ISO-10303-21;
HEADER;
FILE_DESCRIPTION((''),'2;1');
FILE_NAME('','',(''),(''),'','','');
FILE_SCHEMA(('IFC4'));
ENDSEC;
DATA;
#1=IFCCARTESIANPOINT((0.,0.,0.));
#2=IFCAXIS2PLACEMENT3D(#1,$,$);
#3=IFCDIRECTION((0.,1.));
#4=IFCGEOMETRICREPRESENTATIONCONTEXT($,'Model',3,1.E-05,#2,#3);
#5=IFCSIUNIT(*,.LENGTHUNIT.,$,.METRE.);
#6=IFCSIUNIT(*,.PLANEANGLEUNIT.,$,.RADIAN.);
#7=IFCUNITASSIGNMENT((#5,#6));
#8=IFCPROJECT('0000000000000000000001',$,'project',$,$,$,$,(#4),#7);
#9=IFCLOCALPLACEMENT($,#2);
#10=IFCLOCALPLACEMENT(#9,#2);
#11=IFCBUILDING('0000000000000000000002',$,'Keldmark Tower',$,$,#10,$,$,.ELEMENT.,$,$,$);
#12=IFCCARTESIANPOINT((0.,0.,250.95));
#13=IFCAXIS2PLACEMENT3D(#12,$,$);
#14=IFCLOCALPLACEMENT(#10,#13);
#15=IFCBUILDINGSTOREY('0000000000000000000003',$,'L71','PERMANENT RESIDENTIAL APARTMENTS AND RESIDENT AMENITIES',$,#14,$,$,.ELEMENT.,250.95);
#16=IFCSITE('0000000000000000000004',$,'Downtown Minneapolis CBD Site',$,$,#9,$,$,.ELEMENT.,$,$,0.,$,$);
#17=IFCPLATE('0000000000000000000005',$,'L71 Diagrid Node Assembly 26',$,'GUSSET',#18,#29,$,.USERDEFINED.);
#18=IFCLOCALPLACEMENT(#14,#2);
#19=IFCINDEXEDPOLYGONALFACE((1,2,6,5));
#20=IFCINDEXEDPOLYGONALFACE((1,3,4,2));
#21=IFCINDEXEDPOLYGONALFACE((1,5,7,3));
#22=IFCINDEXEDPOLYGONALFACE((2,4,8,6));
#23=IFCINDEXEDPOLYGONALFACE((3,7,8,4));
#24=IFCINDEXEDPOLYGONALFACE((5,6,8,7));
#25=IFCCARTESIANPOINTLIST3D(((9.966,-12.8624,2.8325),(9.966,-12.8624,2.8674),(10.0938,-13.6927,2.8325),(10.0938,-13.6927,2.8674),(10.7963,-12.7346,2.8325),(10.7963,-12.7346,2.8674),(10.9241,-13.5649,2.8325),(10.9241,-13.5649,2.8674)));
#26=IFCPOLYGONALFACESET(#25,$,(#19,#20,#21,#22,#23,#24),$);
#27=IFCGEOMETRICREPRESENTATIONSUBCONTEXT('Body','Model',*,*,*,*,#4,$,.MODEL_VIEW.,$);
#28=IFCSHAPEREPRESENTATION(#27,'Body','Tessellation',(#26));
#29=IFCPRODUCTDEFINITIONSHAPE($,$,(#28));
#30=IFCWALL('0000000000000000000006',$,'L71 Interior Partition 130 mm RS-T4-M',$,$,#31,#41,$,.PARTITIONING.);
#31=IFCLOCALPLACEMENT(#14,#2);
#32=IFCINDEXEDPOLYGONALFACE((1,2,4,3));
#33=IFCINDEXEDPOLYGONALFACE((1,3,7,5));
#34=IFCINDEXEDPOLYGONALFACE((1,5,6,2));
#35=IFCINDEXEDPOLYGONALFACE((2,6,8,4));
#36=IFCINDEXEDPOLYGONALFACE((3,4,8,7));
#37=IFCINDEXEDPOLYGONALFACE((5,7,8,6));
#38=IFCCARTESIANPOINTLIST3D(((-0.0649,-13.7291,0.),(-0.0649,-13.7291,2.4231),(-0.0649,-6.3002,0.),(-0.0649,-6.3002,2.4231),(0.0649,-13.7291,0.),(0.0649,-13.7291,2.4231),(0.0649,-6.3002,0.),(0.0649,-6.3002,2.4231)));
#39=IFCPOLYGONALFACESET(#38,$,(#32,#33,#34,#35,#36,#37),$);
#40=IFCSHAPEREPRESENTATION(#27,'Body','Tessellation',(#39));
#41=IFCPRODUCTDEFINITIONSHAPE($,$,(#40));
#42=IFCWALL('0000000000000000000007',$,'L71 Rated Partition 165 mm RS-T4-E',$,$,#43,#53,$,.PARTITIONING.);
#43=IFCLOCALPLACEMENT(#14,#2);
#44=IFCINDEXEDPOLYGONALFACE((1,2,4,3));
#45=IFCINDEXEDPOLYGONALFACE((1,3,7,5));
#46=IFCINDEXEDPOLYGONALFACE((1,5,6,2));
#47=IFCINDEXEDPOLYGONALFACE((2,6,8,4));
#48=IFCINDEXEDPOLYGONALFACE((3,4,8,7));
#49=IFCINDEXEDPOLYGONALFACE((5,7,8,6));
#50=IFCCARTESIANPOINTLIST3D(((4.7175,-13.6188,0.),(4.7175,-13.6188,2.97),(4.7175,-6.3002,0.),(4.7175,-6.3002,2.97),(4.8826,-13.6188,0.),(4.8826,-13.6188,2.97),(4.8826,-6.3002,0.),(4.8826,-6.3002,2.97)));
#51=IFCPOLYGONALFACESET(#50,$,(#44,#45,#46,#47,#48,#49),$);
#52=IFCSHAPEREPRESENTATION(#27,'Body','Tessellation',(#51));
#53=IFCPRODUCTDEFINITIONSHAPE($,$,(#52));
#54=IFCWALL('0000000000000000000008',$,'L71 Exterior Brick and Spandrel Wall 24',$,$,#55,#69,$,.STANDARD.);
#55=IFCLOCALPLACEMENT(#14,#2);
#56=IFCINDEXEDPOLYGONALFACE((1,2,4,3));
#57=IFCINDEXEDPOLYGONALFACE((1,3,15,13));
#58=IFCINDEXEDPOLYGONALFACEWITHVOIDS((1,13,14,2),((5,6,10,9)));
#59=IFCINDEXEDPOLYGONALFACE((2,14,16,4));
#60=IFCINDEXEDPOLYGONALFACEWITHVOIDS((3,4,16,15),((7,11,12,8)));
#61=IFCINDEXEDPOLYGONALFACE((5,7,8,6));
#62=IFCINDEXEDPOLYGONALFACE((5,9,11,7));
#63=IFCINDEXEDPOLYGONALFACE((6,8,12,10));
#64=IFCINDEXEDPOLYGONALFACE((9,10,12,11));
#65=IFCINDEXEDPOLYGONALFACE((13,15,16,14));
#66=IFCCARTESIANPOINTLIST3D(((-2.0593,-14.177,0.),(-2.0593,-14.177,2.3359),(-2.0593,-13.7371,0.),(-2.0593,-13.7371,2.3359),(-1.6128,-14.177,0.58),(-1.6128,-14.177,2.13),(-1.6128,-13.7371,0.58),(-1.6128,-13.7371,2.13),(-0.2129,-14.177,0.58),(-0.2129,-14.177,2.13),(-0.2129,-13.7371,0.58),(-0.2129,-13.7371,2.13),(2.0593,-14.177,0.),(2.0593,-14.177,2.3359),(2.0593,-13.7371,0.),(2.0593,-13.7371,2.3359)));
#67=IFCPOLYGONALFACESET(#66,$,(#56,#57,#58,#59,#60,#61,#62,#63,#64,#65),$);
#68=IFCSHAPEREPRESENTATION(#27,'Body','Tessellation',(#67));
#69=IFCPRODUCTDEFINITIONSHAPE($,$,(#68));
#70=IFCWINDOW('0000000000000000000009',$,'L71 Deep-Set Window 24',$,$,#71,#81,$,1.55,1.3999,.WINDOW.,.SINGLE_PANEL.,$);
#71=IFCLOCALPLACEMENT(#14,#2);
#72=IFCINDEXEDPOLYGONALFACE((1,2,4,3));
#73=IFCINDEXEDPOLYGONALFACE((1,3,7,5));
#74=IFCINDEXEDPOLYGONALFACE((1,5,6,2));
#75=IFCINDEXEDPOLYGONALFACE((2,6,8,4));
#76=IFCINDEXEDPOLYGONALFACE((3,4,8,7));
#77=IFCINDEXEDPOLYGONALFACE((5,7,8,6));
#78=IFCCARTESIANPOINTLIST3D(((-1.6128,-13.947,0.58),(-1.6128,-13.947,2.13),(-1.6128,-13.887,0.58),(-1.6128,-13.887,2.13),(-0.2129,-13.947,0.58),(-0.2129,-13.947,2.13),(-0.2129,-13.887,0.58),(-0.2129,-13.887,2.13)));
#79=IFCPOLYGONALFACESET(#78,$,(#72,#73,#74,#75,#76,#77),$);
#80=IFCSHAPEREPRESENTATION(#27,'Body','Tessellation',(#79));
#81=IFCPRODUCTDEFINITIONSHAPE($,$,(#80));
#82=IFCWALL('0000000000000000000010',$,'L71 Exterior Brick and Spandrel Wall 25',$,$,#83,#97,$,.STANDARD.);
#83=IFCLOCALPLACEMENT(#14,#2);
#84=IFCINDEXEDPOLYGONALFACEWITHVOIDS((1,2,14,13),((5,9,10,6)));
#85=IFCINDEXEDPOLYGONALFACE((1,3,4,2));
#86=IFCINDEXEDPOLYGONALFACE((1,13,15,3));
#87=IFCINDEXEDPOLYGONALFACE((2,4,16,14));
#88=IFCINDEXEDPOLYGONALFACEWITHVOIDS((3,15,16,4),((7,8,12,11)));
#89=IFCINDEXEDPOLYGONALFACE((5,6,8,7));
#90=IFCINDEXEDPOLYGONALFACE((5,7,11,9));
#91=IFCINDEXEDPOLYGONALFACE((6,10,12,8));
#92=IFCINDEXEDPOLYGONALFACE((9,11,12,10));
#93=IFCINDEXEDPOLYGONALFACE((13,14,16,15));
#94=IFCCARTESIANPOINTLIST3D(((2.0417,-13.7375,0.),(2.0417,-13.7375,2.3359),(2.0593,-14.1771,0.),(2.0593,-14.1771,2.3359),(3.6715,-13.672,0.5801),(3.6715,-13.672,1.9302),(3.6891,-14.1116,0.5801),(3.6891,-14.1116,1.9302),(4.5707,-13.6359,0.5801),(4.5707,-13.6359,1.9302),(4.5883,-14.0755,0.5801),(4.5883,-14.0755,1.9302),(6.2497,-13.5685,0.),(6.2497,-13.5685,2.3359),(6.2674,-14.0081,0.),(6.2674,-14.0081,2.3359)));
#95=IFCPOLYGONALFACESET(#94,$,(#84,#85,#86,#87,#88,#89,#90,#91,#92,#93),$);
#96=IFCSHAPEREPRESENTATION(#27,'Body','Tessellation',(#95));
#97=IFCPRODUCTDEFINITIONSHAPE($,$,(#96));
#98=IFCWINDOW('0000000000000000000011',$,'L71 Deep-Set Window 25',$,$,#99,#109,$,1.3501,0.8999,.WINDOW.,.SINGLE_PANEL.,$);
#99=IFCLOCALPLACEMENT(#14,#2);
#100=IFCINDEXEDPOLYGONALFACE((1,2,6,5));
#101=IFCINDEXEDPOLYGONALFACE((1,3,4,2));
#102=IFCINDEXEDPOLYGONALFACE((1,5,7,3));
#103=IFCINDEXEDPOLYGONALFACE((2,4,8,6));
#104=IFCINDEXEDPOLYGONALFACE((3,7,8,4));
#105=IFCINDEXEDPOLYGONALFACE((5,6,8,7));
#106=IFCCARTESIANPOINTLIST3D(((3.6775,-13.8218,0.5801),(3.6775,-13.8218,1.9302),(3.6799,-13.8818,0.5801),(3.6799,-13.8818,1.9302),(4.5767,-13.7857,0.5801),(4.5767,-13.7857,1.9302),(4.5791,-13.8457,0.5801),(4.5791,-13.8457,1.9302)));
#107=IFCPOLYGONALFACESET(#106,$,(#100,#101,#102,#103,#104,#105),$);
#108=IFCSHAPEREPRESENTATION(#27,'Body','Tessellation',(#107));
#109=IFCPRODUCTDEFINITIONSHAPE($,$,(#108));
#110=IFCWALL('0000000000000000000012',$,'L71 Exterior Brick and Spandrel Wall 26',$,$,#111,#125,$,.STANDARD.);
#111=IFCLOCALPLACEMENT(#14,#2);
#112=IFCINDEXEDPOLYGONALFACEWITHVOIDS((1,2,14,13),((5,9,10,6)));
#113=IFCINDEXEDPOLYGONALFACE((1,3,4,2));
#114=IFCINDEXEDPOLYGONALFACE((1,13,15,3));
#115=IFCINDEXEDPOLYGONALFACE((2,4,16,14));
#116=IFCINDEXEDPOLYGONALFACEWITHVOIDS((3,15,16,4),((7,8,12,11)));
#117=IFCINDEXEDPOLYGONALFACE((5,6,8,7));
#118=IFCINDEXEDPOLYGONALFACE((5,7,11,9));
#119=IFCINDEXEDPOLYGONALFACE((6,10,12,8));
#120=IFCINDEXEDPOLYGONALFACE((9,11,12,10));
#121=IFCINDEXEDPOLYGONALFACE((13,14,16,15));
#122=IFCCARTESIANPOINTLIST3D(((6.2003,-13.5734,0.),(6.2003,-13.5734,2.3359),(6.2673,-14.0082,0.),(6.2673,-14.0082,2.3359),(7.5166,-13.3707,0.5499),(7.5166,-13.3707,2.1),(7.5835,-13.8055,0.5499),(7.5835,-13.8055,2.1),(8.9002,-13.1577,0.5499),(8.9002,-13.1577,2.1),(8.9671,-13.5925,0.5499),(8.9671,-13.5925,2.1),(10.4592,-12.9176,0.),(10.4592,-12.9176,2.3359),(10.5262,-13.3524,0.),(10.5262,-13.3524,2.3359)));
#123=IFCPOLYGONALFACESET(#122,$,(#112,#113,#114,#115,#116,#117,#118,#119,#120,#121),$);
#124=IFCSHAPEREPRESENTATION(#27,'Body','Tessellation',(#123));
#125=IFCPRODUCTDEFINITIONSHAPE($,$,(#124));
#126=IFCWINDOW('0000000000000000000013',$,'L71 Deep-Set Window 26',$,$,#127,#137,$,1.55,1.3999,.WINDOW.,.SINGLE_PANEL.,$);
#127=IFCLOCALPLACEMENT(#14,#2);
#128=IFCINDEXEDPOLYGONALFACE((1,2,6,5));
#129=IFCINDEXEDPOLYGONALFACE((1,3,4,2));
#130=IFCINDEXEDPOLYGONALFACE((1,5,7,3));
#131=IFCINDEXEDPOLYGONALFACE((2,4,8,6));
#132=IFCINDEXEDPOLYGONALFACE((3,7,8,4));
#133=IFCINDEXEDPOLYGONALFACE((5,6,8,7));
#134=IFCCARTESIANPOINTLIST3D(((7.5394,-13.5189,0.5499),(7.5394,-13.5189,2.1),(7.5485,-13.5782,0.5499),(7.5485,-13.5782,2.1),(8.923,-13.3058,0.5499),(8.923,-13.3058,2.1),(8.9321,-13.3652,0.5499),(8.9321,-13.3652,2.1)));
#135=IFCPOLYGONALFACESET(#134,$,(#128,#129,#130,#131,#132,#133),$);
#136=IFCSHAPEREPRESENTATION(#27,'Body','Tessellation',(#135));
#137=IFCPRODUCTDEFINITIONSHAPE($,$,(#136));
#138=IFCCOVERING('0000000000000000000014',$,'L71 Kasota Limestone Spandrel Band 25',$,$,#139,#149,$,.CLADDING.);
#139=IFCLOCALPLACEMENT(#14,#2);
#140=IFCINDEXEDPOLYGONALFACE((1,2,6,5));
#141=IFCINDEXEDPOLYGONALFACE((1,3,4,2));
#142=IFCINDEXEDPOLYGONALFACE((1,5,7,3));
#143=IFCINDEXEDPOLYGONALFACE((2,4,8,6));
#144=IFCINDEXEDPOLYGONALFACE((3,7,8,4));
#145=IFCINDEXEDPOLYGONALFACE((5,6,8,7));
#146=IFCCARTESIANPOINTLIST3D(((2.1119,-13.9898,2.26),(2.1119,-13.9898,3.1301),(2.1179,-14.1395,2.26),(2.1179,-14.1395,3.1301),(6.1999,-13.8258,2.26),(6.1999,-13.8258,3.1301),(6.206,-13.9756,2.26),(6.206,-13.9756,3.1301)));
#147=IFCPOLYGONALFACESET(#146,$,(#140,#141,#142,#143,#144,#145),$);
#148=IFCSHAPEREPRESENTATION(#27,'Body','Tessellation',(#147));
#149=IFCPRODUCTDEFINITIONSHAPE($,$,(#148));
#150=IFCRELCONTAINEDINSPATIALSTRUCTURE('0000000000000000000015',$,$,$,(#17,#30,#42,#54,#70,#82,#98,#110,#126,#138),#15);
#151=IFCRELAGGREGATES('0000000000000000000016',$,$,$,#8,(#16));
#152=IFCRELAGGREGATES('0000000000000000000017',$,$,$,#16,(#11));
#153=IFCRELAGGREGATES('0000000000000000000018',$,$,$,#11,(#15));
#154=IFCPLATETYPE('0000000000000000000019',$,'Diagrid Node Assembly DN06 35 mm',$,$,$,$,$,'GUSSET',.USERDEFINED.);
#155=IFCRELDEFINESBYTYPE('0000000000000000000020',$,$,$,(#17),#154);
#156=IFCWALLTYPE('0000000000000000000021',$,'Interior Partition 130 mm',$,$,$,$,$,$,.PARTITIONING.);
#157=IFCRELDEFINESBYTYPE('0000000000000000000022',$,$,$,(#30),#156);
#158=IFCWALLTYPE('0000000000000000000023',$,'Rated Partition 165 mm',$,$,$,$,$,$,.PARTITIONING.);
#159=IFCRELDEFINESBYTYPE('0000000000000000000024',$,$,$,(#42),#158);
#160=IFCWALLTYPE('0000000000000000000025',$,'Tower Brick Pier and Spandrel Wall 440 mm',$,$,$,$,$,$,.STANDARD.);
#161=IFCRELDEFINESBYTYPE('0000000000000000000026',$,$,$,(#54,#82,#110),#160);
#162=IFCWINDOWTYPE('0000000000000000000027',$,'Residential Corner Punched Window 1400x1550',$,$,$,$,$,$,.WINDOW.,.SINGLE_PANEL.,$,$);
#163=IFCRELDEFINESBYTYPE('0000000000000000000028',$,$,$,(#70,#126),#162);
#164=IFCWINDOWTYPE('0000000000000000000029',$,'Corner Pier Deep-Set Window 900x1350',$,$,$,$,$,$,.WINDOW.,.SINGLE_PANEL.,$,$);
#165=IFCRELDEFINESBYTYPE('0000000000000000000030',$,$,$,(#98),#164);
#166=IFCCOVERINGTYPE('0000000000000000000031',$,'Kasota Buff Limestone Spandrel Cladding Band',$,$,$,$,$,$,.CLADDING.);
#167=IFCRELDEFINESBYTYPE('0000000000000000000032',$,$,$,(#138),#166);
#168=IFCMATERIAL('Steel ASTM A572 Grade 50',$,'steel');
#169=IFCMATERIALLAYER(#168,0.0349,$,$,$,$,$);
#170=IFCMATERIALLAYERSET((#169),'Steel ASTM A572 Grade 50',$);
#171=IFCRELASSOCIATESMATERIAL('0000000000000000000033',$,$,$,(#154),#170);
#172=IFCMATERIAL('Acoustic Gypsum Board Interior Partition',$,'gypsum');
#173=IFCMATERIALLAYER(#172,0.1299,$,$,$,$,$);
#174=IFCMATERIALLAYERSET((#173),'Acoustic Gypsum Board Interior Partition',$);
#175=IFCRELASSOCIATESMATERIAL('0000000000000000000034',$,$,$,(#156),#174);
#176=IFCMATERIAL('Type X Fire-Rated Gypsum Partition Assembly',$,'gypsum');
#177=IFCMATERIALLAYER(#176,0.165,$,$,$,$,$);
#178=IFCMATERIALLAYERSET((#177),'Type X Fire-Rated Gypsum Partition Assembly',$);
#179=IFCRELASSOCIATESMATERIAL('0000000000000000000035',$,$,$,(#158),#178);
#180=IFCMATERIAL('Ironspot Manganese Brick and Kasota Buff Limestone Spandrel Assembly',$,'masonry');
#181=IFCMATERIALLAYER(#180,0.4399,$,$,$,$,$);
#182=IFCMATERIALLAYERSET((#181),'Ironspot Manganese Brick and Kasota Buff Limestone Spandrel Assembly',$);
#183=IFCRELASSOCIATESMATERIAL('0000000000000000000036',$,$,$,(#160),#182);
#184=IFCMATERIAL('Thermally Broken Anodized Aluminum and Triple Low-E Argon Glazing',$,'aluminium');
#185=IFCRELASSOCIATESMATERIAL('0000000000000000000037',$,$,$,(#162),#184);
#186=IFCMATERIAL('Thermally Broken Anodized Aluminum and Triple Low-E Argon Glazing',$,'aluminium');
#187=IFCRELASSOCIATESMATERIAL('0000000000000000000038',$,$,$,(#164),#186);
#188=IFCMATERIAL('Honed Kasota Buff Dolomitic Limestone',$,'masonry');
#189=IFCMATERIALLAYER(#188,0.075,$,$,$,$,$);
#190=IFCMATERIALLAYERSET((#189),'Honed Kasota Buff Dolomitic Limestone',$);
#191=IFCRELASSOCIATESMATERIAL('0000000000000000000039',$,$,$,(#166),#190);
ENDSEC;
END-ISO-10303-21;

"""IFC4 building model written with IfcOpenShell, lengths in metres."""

from ifc_helpers import new_model, si_unit, direction, frame, frame_2d, origin, origin_2d, place, context, subcontext, project, spatial, rectangle, extrude, material, layer, layer_set, type_object, element, fill, save


model = new_model("IFC4")

# Units and contexts
model_context = context("Model", 3, precision=1e-05, world=origin(), true_north=direction((0.0, 1.0)))
body_context = subcontext(model_context, "Body", "Model", "MODEL_VIEW")
ifc_project = project(units=[si_unit("LENGTHUNIT", "METRE"), si_unit("PLANEANGLEUNIT", "RADIAN")], contexts=[model_context])

# Site, building, storey
site_placement = place(None, origin())
site = spatial("IfcSite", under=ifc_project, at=site_placement, Name="Downtown Minneapolis CBD Site", CompositionType="ELEMENT", RefElevation=0.0)
building_placement = place(site_placement, origin())
building = spatial("IfcBuilding", under=site, at=building_placement, Name="Keldmark Tower", CompositionType="ELEMENT")
storey_placement = place(building_placement, frame((0.0, 0.0, 250.95)))
storey = spatial("IfcBuildingStorey", under=building, at=storey_placement, Name="L71", Description="PERMANENT RESIDENTIAL APARTMENTS AND RESIDENT AMENITIES", CompositionType="ELEMENT", Elevation=250.95)

# Plate
ifc_material_1 = material(Name="Steel ASTM A572 Grade 50", Category="steel")
ifc_layer_1 = layer(ifc_material_1, 0.0349)
ifc_layer_set_1 = layer_set([ifc_layer_1], Name="Steel ASTM A572 Grade 50")
plate_type = type_object("IfcPlateType", Name="Diagrid Node Assembly DN06 35 mm", ElementType="GUSSET", PredefinedType="USERDEFINED", material=ifc_layer_set_1)
for number, where, z_axis, x_axis, name in (
    (1, (10.4451, -13.2136, 2.8325), (0.0, 0.0, 1.0), (0.988362, 0.152123, 0.0), "L71 Diagrid Node Assembly 26"),
):
    element("IfcPlate", number, at=place(storey_placement, frame(where, z_axis=z_axis, x_axis=x_axis)), inside=storey, type_object=plate_type, Name=name, ObjectType="GUSSET", PredefinedType="USERDEFINED", context=body_context, shape_type="SweptSolid", body=[
        extrude(rectangle(XDim=0.8401, YDim=0.8401, at=origin_2d()), origin(), (0.0, 0.0, 1.0), 0.0349),
    ])

# Walls
ifc_material_2 = material(Name="Acoustic Gypsum Board Interior Partition", Category="gypsum")
ifc_layer_2 = layer(ifc_material_2, 0.1299)
ifc_layer_set_2 = layer_set([ifc_layer_2], Name="Acoustic Gypsum Board Interior Partition")
wall_type_1 = type_object("IfcWallType", Name="Interior Partition 130 mm", PredefinedType="PARTITIONING", material=ifc_layer_set_2)
wall_1_placement = place(storey_placement, frame((0.0, -13.729, 0.0), z_axis=(0.0, 0.0, 1.0), x_axis=(0.0, 1.0, 0.0)))
element("IfcWall", 2, at=wall_1_placement, inside=storey, type_object=wall_type_1, Name="L71 Interior Partition 130 mm RS-T4-M", PredefinedType="PARTITIONING", context=body_context, shape_type="SweptSolid", body=[
    extrude(rectangle(XDim=7.429, YDim=0.1299, at=frame_2d((3.7144, 0.0))), origin(), (0.0, 0.0, 1.0), 2.4231),
])
ifc_material_3 = material(Name="Type X Fire-Rated Gypsum Partition Assembly", Category="gypsum")
ifc_layer_3 = layer(ifc_material_3, 0.165)
ifc_layer_set_3 = layer_set([ifc_layer_3], Name="Type X Fire-Rated Gypsum Partition Assembly")
wall_type_2 = type_object("IfcWallType", Name="Rated Partition 165 mm", PredefinedType="PARTITIONING", material=ifc_layer_set_3)
wall_2_placement = place(storey_placement, frame((4.8, -13.6187, 0.0), z_axis=(0.0, 0.0, 1.0), x_axis=(0.0, 1.0, 0.0)))
element("IfcWall", 3, at=wall_2_placement, inside=storey, type_object=wall_type_2, Name="L71 Rated Partition 165 mm RS-T4-E", PredefinedType="PARTITIONING", context=body_context, shape_type="SweptSolid", body=[
    extrude(rectangle(XDim=7.3186, YDim=0.165, at=frame_2d((3.6592, 0.0))), origin(), (0.0, 0.0, 1.0), 2.97),
])

# Walls, openings, windows
ifc_material_4 = material(Name="Ironspot Manganese Brick and Kasota Buff Limestone Spandrel Assembly", Category="masonry")
ifc_layer_4 = layer(ifc_material_4, 0.4399)
ifc_layer_set_4 = layer_set([ifc_layer_4], Name="Ironspot Manganese Brick and Kasota Buff Limestone Spandrel Assembly")
wall_type_3 = type_object("IfcWallType", Name="Tower Brick Pier and Spandrel Wall 440 mm", PredefinedType="STANDARD", material=ifc_layer_set_4)
wall_3_placement = place(storey_placement, frame((2.0593, -13.957, 0.0), z_axis=(0.0, 0.0, 1.0), x_axis=(-1.0, 0.0, 0.0)))
wall_3 = element("IfcWall", 4, at=wall_3_placement, inside=storey, type_object=wall_type_3, Name="L71 Exterior Brick and Spandrel Wall 24", PredefinedType="STANDARD", context=body_context, shape_type="SweptSolid", body=[
    extrude(rectangle(XDim=4.1187, YDim=0.4399, at=frame_2d((2.0593, 0.0))), origin(), (0.0, 0.0, 1.0), 2.3359),
])
opening_1_placement = place(wall_3_placement, frame((2.2722, 0.0, 0.5801)))
opening_1 = element("IfcOpeningElement", 5, at=opening_1_placement, cuts=wall_3, PredefinedType="OPENING", context=body_context, shape_type="SweptSolid", body=[
    extrude(rectangle(XDim=1.3999, YDim=1.55, at=frame_2d((0.7, 0.7749))), frame((0.0, 0.23, 0.0), z_axis=(0.0, -1.0, 0.0), x_axis=(1.0, 0.0, 0.0)), (0.0, 0.0, 1.0), 0.46),
])
ifc_material_5 = material(Name="Thermally Broken Anodized Aluminum and Triple Low-E Argon Glazing", Category="aluminium")
window_type_1 = type_object("IfcWindowType", Name="Residential Corner Punched Window 1400x1550", PartitioningType="SINGLE_PANEL", PredefinedType="WINDOW", material=ifc_material_5)
window_1_placement = place(opening_1_placement, origin())
window_1 = element("IfcWindow", 6, at=window_1_placement, inside=storey, type_object=window_type_1, Name="L71 Deep-Set Window 24", OverallHeight=1.55, OverallWidth=1.3999, PartitioningType="SINGLE_PANEL", PredefinedType="WINDOW", context=body_context, shape_type="SweptSolid", body=[
    extrude(rectangle(XDim=1.3999, YDim=1.55, at=frame_2d((0.7, 0.7749))), frame((0.0, -0.01, 0.0), z_axis=(0.0, -1.0, 0.0), x_axis=(1.0, 0.0, 0.0)), (0.0, 0.0, 1.0), 0.0601),
])
fill(opening_1, window_1)
wall_4_placement = place(storey_placement, frame((6.2585, -13.7883, 0.0), z_axis=(0.0, 0.0, 1.0), x_axis=(-0.999195, -0.040116, 0.0)))
wall_4 = element("IfcWall", 7, at=wall_4_placement, inside=storey, type_object=wall_type_3, Name="L71 Exterior Brick and Spandrel Wall 25", PredefinedType="STANDARD", context=body_context, shape_type="SweptSolid", body=[
    extrude(rectangle(XDim=4.2114, YDim=0.4399, at=frame_2d((2.1057, 0.0))), origin(), (0.0, 0.0, 1.0), 2.3359),
])
opening_2_placement = place(wall_4_placement, frame((1.6804, 0.0, 0.5801)))
opening_2 = element("IfcOpeningElement", 8, at=opening_2_placement, cuts=wall_4, PredefinedType="OPENING", context=body_context, shape_type="SweptSolid", body=[
    extrude(rectangle(XDim=0.8999, YDim=1.3501, at=frame_2d((0.45, 0.675))), frame((0.0, 0.23, 0.0), z_axis=(0.0, -1.0, 0.0), x_axis=(1.0, 0.0, 0.0)), (0.0, 0.0, 1.0), 0.46),
])
ifc_material_6 = material(Name="Thermally Broken Anodized Aluminum and Triple Low-E Argon Glazing", Category="aluminium")
window_type_2 = type_object("IfcWindowType", Name="Corner Pier Deep-Set Window 900x1350", PartitioningType="SINGLE_PANEL", PredefinedType="WINDOW", material=ifc_material_6)
window_2_placement = place(opening_2_placement, origin())
window_2 = element("IfcWindow", 9, at=window_2_placement, inside=storey, type_object=window_type_2, Name="L71 Deep-Set Window 25", OverallHeight=1.3501, OverallWidth=0.8999, PartitioningType="SINGLE_PANEL", PredefinedType="WINDOW", context=body_context, shape_type="SweptSolid", body=[
    extrude(rectangle(XDim=0.8999, YDim=1.3501, at=frame_2d((0.45, 0.675))), frame((0.0, -0.01, 0.0), z_axis=(0.0, -1.0, 0.0), x_axis=(1.0, 0.0, 0.0)), (0.0, 0.0, 1.0), 0.0601),
])
fill(opening_2, window_2)
wall_5_placement = place(storey_placement, frame((10.4927, -13.135, 0.0), z_axis=(0.0, 0.0, 1.0), x_axis=(-0.988352, -0.152185, 0.0)))
wall_5 = element("IfcWall", 10, at=wall_5_placement, inside=storey, type_object=wall_type_3, Name="L71 Exterior Brick and Spandrel Wall 26", PredefinedType="STANDARD", context=body_context, shape_type="SweptSolid", body=[
    extrude(rectangle(XDim=4.3091, YDim=0.4399, at=frame_2d((2.1545, 0.0))), origin(), (0.0, 0.0, 1.0), 2.3359),
])
opening_3_placement = place(wall_5_placement, frame((1.5774, 0.0, 0.55)))
opening_3 = element("IfcOpeningElement", 11, at=opening_3_placement, cuts=wall_5, PredefinedType="OPENING", context=body_context, shape_type="SweptSolid", body=[
    extrude(rectangle(XDim=1.3999, YDim=1.55, at=frame_2d((0.7, 0.7749))), frame((0.0, 0.23, 0.0), z_axis=(0.0, -1.0, 0.0), x_axis=(1.0, 0.0, 0.0)), (0.0, 0.0, 1.0), 0.46),
])
window_3_placement = place(opening_3_placement, origin())
window_3 = element("IfcWindow", 12, at=window_3_placement, inside=storey, type_object=window_type_1, Name="L71 Deep-Set Window 26", OverallHeight=1.55, OverallWidth=1.3999, PartitioningType="SINGLE_PANEL", PredefinedType="WINDOW", context=body_context, shape_type="SweptSolid", body=[
    extrude(rectangle(XDim=1.3999, YDim=1.55, at=frame_2d((0.7, 0.7749))), frame((0.0, -0.01, 0.0), z_axis=(0.0, -1.0, 0.0), x_axis=(1.0, 0.0, 0.0)), (0.0, 0.0, 1.0), 0.0601),
])
fill(opening_3, window_3)

# Covering
ifc_material_7 = material(Name="Honed Kasota Buff Dolomitic Limestone", Category="masonry")
ifc_layer_5 = layer(ifc_material_7, 0.075)
ifc_layer_set_5 = layer_set([ifc_layer_5], Name="Honed Kasota Buff Dolomitic Limestone")
covering_type = type_object("IfcCoveringType", Name="Kasota Buff Limestone Spandrel Cladding Band", PredefinedType="CLADDING", material=ifc_layer_set_5)
covering_placement = place(storey_placement, frame((4.1589, -13.9827, 2.26), z_axis=(0.0, 0.0, 1.0), x_axis=(0.999196, 0.040079, 0.0)))
element("IfcCovering", 13, at=covering_placement, inside=storey, type_object=covering_type, Name="L71 Kasota Limestone Spandrel Band 25", PredefinedType="CLADDING", context=body_context, shape_type="SweptSolid", body=[
    extrude(rectangle(XDim=4.0913, YDim=0.1499, at=origin_2d()), origin(), (0.0, 0.0, 1.0), 0.8701),
])

save(model, "model.ifc")
